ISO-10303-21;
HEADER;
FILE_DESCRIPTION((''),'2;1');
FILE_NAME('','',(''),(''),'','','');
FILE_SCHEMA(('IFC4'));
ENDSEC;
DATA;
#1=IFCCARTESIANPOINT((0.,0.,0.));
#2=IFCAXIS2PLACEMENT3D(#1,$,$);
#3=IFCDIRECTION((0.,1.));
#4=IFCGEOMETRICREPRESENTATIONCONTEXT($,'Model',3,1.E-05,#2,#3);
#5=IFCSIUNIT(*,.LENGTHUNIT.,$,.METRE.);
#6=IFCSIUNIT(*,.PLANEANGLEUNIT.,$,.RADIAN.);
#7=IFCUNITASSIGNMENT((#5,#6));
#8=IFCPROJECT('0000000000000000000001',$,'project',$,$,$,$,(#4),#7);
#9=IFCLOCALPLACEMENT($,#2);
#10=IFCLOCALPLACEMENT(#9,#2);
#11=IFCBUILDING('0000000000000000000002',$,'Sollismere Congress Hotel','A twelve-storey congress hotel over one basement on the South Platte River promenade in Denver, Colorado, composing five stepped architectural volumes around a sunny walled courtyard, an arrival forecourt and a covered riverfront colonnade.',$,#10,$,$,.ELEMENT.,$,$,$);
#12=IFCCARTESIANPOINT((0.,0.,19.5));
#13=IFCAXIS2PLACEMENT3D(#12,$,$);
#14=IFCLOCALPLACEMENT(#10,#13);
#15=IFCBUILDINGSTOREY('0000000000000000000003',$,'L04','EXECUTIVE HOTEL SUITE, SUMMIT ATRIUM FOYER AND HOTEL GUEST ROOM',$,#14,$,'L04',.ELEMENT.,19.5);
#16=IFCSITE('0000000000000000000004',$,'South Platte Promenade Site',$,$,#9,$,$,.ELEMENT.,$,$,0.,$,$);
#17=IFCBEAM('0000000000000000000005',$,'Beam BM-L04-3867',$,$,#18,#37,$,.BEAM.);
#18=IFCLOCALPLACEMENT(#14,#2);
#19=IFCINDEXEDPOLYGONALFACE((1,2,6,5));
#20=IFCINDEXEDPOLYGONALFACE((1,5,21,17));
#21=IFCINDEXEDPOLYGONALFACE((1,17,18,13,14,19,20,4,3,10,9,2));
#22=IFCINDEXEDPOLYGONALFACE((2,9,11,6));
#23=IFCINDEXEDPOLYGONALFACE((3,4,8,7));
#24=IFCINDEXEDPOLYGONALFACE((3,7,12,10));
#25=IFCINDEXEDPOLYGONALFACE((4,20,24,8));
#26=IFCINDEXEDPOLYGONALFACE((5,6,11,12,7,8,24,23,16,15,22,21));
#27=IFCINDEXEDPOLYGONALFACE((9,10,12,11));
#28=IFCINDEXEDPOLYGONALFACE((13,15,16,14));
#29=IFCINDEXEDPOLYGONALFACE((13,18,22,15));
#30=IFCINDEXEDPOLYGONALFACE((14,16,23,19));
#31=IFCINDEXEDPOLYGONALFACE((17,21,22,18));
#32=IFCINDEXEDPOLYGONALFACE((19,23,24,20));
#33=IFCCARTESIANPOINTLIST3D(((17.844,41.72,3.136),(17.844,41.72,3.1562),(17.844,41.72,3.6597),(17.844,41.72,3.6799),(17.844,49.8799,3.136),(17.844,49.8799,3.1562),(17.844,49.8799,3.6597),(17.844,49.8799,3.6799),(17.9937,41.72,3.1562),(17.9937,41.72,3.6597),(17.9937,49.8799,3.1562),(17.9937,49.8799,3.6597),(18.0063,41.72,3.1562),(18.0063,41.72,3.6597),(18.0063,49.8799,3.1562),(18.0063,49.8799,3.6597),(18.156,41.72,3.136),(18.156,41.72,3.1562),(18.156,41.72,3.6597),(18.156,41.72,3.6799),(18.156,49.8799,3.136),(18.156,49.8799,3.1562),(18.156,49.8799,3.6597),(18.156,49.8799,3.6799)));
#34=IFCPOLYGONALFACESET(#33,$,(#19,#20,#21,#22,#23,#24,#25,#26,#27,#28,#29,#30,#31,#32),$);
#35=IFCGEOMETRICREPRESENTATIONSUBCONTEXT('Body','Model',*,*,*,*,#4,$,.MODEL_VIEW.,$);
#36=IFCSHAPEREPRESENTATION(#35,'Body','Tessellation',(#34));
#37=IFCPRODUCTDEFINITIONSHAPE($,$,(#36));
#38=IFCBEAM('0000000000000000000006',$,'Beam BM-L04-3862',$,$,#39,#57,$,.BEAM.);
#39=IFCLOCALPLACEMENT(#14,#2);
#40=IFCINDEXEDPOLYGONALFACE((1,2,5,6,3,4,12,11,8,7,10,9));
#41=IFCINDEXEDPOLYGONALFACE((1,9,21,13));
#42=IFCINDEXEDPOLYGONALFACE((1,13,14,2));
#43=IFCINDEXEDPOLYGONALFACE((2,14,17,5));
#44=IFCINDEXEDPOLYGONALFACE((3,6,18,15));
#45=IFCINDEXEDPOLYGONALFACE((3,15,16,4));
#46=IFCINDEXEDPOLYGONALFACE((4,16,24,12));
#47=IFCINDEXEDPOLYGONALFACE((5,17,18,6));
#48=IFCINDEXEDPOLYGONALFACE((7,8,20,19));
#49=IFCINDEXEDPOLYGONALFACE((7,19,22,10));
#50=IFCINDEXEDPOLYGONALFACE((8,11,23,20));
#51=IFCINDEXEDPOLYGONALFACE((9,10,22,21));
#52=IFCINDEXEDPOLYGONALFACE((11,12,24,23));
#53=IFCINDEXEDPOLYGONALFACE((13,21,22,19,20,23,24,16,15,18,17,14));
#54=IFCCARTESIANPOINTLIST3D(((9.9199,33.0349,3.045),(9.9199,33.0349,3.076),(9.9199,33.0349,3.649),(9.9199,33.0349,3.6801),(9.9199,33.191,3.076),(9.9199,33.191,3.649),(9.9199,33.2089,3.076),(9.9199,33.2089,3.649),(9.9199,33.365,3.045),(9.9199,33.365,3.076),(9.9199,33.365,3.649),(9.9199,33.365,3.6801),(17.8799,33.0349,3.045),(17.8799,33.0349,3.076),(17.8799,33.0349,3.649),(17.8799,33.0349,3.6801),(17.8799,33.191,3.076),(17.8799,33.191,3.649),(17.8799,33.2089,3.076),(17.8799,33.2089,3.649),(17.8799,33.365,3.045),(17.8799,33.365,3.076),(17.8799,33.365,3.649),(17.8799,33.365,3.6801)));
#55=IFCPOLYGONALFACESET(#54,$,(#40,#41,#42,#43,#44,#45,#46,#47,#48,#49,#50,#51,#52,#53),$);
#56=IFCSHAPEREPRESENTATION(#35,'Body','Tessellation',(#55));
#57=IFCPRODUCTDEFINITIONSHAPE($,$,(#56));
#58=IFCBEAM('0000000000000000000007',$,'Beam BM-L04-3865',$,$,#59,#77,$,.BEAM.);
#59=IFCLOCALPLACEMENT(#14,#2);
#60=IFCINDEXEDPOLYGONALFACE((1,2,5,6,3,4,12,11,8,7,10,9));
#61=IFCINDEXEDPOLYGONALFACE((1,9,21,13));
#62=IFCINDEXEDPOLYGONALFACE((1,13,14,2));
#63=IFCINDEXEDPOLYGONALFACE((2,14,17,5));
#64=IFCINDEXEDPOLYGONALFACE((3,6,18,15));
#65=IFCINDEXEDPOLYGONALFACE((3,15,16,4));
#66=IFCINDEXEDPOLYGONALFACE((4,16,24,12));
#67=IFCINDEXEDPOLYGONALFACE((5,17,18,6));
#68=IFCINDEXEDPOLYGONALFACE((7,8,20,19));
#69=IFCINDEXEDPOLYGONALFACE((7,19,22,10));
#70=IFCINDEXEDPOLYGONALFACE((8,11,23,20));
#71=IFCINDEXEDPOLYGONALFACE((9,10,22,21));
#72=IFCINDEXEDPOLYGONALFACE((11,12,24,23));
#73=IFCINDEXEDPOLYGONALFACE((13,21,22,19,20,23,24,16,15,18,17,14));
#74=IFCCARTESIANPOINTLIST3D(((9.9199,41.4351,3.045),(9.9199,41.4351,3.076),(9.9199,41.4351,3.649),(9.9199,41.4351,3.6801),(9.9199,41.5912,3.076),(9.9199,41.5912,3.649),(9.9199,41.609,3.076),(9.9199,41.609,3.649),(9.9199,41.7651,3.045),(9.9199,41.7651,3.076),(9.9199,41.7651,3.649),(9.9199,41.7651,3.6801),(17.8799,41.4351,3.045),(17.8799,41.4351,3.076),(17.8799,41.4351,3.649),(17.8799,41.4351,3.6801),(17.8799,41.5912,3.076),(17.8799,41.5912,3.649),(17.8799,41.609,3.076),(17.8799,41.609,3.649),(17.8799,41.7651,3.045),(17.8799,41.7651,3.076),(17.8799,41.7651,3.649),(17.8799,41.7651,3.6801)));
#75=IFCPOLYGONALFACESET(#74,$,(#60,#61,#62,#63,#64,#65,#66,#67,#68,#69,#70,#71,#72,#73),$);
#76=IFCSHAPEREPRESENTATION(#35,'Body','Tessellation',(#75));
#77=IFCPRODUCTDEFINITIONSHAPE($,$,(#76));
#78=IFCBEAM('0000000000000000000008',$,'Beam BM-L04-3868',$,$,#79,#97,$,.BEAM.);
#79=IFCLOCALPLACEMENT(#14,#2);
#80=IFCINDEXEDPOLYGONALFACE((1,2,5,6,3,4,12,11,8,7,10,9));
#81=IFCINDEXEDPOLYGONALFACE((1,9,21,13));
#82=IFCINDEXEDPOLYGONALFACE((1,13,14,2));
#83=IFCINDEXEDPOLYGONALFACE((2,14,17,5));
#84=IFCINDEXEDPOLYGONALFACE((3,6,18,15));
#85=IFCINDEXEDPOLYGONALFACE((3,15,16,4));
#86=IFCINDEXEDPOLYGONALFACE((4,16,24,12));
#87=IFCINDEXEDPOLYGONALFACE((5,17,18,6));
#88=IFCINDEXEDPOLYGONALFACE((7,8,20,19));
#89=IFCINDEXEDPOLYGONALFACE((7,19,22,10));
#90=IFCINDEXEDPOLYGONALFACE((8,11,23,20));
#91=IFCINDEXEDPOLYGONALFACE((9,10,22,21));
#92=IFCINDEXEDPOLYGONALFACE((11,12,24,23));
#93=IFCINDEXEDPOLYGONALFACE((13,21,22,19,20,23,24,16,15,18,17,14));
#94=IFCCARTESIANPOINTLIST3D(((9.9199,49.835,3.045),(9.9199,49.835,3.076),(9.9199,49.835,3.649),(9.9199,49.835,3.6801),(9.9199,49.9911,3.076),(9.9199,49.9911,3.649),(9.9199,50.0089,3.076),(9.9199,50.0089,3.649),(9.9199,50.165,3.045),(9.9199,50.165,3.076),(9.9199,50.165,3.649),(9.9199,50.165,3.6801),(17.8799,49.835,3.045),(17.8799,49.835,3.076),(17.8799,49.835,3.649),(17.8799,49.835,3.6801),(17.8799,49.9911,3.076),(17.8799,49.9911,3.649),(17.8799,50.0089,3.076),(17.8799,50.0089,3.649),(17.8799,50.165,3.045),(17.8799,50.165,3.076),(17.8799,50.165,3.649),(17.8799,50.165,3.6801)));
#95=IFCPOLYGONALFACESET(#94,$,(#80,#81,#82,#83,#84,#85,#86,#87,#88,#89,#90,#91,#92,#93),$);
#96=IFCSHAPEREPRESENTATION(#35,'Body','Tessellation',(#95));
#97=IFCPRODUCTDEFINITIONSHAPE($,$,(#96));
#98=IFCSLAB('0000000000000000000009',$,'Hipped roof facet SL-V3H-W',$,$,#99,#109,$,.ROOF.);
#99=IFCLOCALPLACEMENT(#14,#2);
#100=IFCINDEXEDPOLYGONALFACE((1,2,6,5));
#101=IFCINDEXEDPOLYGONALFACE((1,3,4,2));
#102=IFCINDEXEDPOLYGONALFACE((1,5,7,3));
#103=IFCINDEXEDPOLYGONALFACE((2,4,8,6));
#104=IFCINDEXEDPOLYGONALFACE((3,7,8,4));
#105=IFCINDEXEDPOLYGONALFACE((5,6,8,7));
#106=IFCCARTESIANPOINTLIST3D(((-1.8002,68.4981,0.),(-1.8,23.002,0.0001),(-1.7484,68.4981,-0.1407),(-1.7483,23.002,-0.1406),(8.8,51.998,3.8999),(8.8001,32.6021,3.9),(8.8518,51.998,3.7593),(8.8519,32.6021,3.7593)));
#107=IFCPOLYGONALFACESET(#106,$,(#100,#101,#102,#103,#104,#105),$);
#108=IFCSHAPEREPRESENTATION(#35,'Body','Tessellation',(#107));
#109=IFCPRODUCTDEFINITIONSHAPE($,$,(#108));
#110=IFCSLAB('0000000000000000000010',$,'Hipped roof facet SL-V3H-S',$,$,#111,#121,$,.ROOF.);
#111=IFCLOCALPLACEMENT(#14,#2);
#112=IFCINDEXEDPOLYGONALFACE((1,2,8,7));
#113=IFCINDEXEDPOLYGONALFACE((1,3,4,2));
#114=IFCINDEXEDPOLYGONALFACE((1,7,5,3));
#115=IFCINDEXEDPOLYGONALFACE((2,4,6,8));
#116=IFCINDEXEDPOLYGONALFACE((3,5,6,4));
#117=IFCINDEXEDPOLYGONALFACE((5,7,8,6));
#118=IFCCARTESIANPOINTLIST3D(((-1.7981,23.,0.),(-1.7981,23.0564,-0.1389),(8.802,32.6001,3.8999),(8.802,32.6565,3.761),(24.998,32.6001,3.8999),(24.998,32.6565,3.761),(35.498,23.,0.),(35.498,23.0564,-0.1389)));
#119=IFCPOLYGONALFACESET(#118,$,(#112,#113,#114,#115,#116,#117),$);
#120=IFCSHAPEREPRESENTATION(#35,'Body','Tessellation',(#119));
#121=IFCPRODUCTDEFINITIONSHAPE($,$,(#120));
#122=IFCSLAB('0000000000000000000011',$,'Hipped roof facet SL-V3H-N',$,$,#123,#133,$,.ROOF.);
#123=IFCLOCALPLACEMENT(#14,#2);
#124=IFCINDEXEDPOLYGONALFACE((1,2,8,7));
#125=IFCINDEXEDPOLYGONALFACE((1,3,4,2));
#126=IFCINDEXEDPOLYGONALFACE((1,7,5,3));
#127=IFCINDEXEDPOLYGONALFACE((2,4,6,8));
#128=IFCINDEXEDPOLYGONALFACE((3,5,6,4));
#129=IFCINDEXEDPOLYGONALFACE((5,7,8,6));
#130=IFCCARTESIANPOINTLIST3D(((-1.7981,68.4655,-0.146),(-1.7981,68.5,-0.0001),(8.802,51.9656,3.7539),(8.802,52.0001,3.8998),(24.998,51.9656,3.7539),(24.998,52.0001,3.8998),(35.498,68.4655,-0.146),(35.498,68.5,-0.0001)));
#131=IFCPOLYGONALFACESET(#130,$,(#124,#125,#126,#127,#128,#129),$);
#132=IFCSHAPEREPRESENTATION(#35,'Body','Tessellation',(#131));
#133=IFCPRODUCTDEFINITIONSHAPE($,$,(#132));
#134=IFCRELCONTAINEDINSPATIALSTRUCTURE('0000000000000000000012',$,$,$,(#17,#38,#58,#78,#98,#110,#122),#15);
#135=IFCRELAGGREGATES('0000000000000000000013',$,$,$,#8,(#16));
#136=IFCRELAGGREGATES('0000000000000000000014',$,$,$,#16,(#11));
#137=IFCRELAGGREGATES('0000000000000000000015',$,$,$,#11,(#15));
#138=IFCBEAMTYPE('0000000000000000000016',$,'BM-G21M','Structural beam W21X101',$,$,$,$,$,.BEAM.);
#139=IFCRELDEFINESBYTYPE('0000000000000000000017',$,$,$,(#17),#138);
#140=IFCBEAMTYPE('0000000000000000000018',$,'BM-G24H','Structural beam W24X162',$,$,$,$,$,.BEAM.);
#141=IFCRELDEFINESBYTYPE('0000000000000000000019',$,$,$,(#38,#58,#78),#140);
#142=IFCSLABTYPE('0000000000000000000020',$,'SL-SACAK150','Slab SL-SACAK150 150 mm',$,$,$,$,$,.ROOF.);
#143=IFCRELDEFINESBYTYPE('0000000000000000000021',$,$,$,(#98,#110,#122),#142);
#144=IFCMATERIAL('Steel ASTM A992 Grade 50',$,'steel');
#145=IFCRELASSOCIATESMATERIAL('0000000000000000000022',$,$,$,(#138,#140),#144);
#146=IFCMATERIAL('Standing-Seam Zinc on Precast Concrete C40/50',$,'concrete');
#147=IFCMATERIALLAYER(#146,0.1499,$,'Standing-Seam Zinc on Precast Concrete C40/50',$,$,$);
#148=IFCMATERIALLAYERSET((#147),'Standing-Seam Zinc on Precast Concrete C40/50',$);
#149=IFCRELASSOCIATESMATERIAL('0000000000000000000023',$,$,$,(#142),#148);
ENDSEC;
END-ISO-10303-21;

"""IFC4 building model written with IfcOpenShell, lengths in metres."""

from ifc_helpers import new_model, si_unit, direction, frame, origin, origin_2d, place, context, subcontext, project, spatial, polyline, i_section, outline, extrude, material, layer, layer_set, material_profile, profile_set, type_object, element, save


model = new_model("IFC4")

# Units and contexts
model_context = context("Model", 3, precision=1e-05, world=origin(), true_north=direction((0.0, 1.0)))
body_context = subcontext(model_context, "Body", "Model", "MODEL_VIEW")
ifc_project = project(units=[si_unit("LENGTHUNIT", "METRE"), si_unit("PLANEANGLEUNIT", "RADIAN")], contexts=[model_context])

# Site, building, storey
site_placement = place(None, origin())
site = spatial("IfcSite", under=ifc_project, at=site_placement, Name="South Platte Promenade Site", CompositionType="ELEMENT", RefElevation=0.0)
building_placement = place(site_placement, origin())
building = spatial("IfcBuilding", under=site, at=building_placement, Name="Sollismere Congress Hotel", Description="A twelve-storey congress hotel over one basement on the South Platte River promenade in Denver, Colorado, composing five stepped architectural volumes around a sunny walled courtyard, an arrival forecourt and a covered riverfront colonnade.", CompositionType="ELEMENT")
storey_placement = place(building_placement, frame((0.0, 0.0, 19.5)))
storey = spatial("IfcBuildingStorey", under=building, at=storey_placement, Name="L04", Description="EXECUTIVE HOTEL SUITE, SUMMIT ATRIUM FOYER AND HOTEL GUEST ROOM", LongName="L04", CompositionType="ELEMENT", Elevation=19.5)

# Shared definitions
ifc_material_1 = material(Name="Steel ASTM A992 Grade 50", Category="steel")

# Beams
ifc_material_profile_1 = material_profile(ifc_material_1, i_section(OverallWidth=0.312, OverallDepth=0.5439, WebThickness=0.0127, FlangeThickness=0.0203, at=origin_2d()), Name="W21X101")
ifc_profile_set_1 = profile_set([ifc_material_profile_1], Name="Steel ASTM A992 Grade 50")
beam_type_1 = type_object("IfcBeamType", Name="BM-G21M", Description="Structural beam W21X101", PredefinedType="BEAM", material=ifc_profile_set_1)
for number, where, z_axis, x_axis, name in (
    (1, (18.0, 41.72, 3.408), (0.0, 1.0, 0.0), (-1.0, 0.0, 0.0), "Beam BM-L04-3867"),
):
    element("IfcBeam", number, at=place(storey_placement, frame(where, z_axis=z_axis, x_axis=x_axis)), inside=storey, type_object=beam_type_1, Name=name, PredefinedType="BEAM", context=body_context, shape_type="SweptSolid", body=[
        extrude(i_section(OverallWidth=0.312, OverallDepth=0.5439, WebThickness=0.0127, FlangeThickness=0.0203, at=origin_2d()), origin(), (0.0, 0.0, 1.0), 8.1599),
    ])
ifc_material_profile_2 = material_profile(ifc_material_1, i_section(OverallWidth=0.3301, OverallDepth=0.635, WebThickness=0.0178, FlangeThickness=0.031, at=origin_2d()), Name="W24X162")
ifc_profile_set_2 = profile_set([ifc_material_profile_2], Name="Steel ASTM A992 Grade 50")
beam_type_2 = type_object("IfcBeamType", Name="BM-G24H", Description="Structural beam W24X162", PredefinedType="BEAM", material=ifc_profile_set_2)
for number, where, z_axis, x_axis, name in (
    (2, (9.9199, 33.2, 3.3625), (1.0, 0.0, 0.0), (0.0, 1.0, 0.0), "Beam BM-L04-3862"),
    (3, (9.9199, 41.6001, 3.3625), (1.0, 0.0, 0.0), (0.0, 1.0, 0.0), "Beam BM-L04-3865"),
    (4, (9.9199, 50.0, 3.3625), (1.0, 0.0, 0.0), (0.0, 1.0, 0.0), "Beam BM-L04-3868"),
):
    element("IfcBeam", number, at=place(storey_placement, frame(where, z_axis=z_axis, x_axis=x_axis)), inside=storey, type_object=beam_type_2, Name=name, PredefinedType="BEAM", context=body_context, shape_type="SweptSolid", body=[
        extrude(i_section(OverallWidth=0.3301, OverallDepth=0.635, WebThickness=0.0178, FlangeThickness=0.031, at=origin_2d()), origin(), (0.0, 0.0, 1.0), 7.96),
    ])

# Slabs
ifc_material_2 = material(Name="Standing-Seam Zinc on Precast Concrete C40/50", Category="concrete")
ifc_layer = layer(ifc_material_2, 0.1499, Name="Standing-Seam Zinc on Precast Concrete C40/50")
ifc_layer_set = layer_set([ifc_layer], Name="Standing-Seam Zinc on Precast Concrete C40/50")
slab_type = type_object("IfcSlabType", Name="SL-SACAK150", Description="Slab SL-SACAK150 150 mm", PredefinedType="ROOF", material=ifc_layer_set)
slab_1_placement = place(storey_placement, frame((-1.7483, 23.002, -0.1406), z_axis=(-0.345285, 0.0, 0.938498), x_axis=(0.715092, 0.647631, 0.263091)))
element("IfcSlab", 5, at=slab_1_placement, inside=storey, type_object=slab_type, Name="Hipped roof facet SL-V3H-W", PredefinedType="ROOF", context=body_context, shape_type="SweptSolid", body=[
    extrude(outline(polyline([(0.0, 0.0), (14.8235, 0.0), (27.3848, 14.7788), (29.4646, 34.666), (0.0, 0.0)])), origin(), (0.0, 0.0, 1.0), 0.1499),
])
slab_2_placement = place(storey_placement, frame((-1.7981, 23.0564, -0.1389), z_axis=(0.0, -0.376366, 0.926471), x_axis=(1.0, 0.0, 0.0)))
element("IfcSlab", 6, at=slab_2_placement, inside=storey, type_object=slab_type, Name="Hipped roof facet SL-V3H-S", PredefinedType="ROOF", context=body_context, shape_type="SweptSolid", body=[
    extrude(outline(polyline([(0.0, 0.0), (37.2961, 0.0), (26.7961, 10.3621), (10.6001, 10.3621), (0.0, 0.0)])), origin(), (0.0, 0.0, 1.0), 0.1499),
])
slab_3_placement = place(storey_placement, frame((8.802, 51.9656, 3.7539), z_axis=(0.0, 0.23002, 0.973186), x_axis=(1.0, 0.0, 0.0)))
element("IfcSlab", 7, at=slab_3_placement, inside=storey, type_object=slab_type, Name="Hipped roof facet SL-V3H-N", PredefinedType="ROOF", context=body_context, shape_type="SweptSolid", body=[
    extrude(outline(polyline([(0.0, 0.0), (16.196, 0.0), (26.696, 16.9546), (-10.6001, 16.9546), (0.0, 0.0)])), origin(), (0.0, 0.0, 1.0), 0.1499),
])

save(model, "model.ifc")
